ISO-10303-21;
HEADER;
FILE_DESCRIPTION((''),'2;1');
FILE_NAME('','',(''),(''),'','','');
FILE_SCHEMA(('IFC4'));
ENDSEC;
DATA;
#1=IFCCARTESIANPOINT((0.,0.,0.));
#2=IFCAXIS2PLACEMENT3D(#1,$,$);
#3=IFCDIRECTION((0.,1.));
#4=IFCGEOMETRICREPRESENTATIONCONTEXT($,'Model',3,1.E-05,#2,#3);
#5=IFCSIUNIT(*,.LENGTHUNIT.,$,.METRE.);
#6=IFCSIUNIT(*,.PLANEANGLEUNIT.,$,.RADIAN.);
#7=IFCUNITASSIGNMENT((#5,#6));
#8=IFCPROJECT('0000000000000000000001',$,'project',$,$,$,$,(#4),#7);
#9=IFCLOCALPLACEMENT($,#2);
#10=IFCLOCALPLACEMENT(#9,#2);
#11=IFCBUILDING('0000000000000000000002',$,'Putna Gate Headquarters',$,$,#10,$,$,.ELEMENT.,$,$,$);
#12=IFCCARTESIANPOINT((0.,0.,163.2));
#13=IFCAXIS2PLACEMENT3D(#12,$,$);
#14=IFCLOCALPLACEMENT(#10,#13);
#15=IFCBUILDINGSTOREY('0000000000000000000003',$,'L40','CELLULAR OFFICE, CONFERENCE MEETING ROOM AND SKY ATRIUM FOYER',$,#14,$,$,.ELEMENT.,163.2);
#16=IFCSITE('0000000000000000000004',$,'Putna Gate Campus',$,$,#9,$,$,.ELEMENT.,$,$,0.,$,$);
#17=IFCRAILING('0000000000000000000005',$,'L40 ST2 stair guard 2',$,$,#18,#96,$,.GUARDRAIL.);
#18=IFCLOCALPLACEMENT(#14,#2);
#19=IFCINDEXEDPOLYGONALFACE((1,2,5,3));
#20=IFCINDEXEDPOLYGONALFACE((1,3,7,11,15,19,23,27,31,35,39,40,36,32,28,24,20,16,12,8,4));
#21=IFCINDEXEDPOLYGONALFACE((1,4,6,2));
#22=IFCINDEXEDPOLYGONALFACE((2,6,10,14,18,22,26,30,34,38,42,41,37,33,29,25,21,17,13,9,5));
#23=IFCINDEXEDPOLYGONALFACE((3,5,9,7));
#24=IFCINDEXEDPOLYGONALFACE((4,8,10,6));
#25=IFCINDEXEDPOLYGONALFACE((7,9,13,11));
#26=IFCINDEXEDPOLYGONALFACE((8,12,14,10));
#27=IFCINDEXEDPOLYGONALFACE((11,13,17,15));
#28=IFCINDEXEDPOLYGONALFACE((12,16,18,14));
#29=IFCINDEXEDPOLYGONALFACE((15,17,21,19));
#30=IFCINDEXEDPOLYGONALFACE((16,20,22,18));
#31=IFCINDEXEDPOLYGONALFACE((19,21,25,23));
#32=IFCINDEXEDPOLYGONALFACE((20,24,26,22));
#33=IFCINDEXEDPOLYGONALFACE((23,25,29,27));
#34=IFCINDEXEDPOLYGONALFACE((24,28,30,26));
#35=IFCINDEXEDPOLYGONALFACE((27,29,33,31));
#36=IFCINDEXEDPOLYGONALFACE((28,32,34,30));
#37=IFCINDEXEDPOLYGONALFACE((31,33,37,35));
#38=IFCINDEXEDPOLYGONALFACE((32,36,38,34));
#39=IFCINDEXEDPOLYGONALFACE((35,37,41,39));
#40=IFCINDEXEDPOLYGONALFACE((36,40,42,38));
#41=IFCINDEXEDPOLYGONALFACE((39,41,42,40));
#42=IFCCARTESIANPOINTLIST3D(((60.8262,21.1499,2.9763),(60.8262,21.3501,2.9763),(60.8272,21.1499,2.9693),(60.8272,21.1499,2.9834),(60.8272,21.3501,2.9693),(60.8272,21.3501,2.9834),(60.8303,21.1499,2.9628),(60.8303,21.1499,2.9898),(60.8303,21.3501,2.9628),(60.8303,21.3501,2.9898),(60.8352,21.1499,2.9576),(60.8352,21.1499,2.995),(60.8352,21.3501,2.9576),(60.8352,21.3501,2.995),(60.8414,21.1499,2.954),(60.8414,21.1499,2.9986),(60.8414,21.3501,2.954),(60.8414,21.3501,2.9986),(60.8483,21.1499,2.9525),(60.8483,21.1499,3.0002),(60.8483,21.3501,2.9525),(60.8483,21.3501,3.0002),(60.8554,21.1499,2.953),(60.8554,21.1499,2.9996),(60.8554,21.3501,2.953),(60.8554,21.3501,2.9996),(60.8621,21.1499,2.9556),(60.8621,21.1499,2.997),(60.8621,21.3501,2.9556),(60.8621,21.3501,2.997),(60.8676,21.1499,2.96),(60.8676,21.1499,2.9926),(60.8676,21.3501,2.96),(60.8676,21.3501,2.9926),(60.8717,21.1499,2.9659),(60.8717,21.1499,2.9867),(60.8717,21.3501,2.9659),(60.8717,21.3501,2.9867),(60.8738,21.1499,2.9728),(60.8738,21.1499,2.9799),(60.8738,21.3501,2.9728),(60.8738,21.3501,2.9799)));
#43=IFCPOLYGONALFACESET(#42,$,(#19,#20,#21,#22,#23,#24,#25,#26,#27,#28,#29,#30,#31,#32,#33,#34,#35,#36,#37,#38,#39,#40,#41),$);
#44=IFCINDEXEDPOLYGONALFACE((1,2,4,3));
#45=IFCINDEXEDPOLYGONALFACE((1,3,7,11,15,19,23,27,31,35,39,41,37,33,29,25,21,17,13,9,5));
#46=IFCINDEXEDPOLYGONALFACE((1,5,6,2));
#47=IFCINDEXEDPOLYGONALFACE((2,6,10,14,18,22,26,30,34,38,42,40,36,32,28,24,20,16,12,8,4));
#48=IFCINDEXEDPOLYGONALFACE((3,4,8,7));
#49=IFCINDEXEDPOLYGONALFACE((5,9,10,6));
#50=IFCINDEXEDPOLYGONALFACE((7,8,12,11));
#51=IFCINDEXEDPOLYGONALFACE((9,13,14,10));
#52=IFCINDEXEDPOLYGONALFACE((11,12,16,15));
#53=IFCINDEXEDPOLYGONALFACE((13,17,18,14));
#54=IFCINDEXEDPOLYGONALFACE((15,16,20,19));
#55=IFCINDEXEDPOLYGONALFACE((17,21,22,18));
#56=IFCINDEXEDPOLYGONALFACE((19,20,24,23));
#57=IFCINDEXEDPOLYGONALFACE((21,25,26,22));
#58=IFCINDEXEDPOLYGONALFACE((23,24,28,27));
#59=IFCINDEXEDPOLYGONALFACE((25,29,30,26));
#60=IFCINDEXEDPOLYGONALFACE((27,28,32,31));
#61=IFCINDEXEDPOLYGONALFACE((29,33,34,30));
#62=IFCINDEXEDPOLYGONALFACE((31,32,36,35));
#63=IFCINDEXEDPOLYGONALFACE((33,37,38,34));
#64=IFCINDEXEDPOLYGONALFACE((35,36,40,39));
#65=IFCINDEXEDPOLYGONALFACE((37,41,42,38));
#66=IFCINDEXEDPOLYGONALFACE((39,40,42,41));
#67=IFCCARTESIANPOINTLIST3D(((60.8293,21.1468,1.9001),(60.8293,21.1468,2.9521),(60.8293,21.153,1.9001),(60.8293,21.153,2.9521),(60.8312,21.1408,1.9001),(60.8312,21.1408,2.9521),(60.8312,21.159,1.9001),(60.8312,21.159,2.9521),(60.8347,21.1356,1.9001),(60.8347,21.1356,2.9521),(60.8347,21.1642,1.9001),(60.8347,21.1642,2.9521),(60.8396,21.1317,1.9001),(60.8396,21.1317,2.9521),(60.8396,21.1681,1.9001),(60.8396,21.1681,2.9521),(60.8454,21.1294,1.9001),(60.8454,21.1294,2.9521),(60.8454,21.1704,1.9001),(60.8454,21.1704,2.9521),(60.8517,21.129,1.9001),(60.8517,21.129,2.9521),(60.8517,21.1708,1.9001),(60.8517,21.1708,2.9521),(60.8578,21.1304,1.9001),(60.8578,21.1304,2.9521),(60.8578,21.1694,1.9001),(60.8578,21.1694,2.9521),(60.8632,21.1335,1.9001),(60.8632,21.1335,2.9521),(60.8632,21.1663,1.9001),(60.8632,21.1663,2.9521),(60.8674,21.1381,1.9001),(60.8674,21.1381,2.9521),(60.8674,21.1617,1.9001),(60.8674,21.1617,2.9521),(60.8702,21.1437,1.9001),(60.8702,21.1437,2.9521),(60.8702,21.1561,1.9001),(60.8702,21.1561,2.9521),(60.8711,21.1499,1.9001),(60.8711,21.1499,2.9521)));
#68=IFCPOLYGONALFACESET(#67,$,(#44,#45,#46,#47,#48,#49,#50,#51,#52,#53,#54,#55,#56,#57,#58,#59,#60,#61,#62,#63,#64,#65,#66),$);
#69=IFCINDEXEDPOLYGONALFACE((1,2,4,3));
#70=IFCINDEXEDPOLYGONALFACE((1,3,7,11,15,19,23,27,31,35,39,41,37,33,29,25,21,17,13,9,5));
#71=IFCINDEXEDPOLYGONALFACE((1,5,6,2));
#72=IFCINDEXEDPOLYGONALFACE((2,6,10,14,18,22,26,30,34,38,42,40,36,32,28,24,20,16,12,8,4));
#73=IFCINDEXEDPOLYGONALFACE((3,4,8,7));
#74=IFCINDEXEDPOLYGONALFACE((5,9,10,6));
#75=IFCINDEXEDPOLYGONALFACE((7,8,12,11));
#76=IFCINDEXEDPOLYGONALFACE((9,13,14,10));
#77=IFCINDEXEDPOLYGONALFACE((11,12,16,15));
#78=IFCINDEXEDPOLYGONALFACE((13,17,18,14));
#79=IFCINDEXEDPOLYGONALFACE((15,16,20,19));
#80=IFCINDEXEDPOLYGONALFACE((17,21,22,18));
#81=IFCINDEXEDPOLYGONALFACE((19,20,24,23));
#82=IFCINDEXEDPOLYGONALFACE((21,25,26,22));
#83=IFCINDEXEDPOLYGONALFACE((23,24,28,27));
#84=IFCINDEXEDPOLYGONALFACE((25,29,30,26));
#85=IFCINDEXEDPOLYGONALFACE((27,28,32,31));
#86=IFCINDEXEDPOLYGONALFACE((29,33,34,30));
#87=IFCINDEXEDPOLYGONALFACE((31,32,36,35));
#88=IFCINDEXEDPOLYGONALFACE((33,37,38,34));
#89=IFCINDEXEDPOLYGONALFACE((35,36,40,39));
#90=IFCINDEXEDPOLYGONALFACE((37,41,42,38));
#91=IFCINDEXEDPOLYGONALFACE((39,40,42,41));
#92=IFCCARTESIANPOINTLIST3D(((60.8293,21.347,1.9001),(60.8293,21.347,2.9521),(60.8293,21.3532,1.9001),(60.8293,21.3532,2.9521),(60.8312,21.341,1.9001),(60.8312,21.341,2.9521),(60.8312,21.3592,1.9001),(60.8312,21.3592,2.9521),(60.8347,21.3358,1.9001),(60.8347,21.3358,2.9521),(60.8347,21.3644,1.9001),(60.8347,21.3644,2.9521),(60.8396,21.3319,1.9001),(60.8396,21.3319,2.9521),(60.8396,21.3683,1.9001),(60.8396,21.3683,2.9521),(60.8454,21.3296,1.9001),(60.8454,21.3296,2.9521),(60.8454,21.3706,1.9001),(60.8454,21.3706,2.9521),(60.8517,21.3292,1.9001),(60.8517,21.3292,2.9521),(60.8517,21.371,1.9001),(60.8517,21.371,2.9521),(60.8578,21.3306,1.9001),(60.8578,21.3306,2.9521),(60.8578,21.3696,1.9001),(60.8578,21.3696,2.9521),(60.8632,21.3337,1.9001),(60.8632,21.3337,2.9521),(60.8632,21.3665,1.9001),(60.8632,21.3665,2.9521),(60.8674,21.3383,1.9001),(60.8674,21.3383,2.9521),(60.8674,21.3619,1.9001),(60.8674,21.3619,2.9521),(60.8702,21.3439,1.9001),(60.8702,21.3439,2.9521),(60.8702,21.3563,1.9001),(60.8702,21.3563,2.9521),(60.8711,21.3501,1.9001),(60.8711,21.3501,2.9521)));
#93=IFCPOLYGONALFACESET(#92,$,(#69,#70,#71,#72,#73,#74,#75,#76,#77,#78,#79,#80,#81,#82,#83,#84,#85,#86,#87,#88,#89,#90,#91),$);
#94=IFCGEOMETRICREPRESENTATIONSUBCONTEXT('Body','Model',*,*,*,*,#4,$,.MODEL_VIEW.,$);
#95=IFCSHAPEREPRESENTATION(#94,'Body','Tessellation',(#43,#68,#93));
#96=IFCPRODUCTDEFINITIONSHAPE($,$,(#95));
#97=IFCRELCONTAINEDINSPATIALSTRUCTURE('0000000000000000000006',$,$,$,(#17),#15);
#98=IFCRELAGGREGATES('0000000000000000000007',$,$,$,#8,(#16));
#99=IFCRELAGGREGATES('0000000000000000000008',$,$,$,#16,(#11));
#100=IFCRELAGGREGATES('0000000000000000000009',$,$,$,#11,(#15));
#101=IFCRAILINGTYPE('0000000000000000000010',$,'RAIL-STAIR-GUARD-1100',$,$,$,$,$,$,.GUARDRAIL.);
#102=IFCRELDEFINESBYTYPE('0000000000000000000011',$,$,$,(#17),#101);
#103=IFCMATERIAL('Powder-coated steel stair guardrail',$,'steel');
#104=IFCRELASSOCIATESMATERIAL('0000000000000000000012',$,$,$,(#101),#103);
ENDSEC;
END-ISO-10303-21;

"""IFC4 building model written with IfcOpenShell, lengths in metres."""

from ifc_helpers import new_model, si_unit, direction, frame, origin, origin_2d, place, context, subcontext, project, spatial, circle, extrude, material, type_object, element, save


model = new_model("IFC4")

# Units and contexts
model_context = context("Model", 3, precision=1e-05, world=origin(), true_north=direction((0.0, 1.0)))
body_context = subcontext(model_context, "Body", "Model", "MODEL_VIEW")
ifc_project = project(units=[si_unit("LENGTHUNIT", "METRE"), si_unit("PLANEANGLEUNIT", "RADIAN")], contexts=[model_context])

# Site, building, storey
site_placement = place(None, origin())
site = spatial("IfcSite", under=ifc_project, at=site_placement, Name="Putna Gate Campus", CompositionType="ELEMENT", RefElevation=0.0)
building_placement = place(site_placement, origin())
building = spatial("IfcBuilding", under=site, at=building_placement, Name="Putna Gate Headquarters", CompositionType="ELEMENT")
storey_placement = place(building_placement, frame((0.0, 0.0, 163.2)))
storey = spatial("IfcBuildingStorey", under=building, at=storey_placement, Name="L40", Description="CELLULAR OFFICE, CONFERENCE MEETING ROOM AND SKY ATRIUM FOYER", CompositionType="ELEMENT", Elevation=163.2)

# Railing
ifc_material_1 = material(Name="Powder-coated steel stair guardrail", Category="steel")
railing_type_1 = type_object("IfcRailingType", Name="RAIL-STAIR-GUARD-1100", PredefinedType="GUARDRAIL", material=ifc_material_1)
railing_1_placement = place(storey_placement, frame((60.8501, 21.1499, 1.9001)))
element("IfcRailing", 1, at=railing_1_placement, inside=storey, type_object=railing_type_1, Name="L40 ST2 stair guard 2", PredefinedType="GUARDRAIL", context=body_context, shape_type="SweptSolid", body=[
    extrude(circle(Radius=0.0239, at=origin_2d()), frame((0.0, 0.0, 1.0762), z_axis=(0.0, 1.0, 0.0), x_axis=(-1.0, 0.0, 0.0)), (0.0, 0.0, 1.0), 0.2002),
    extrude(circle(Radius=0.021, at=origin_2d()), origin(), (0.0, 0.0, 1.0), 1.052),
    extrude(circle(Radius=0.021, at=origin_2d()), frame((0.0, 0.2002, 0.0)), (0.0, 0.0, 1.0), 1.052),
])

save(model, "model.ifc")
